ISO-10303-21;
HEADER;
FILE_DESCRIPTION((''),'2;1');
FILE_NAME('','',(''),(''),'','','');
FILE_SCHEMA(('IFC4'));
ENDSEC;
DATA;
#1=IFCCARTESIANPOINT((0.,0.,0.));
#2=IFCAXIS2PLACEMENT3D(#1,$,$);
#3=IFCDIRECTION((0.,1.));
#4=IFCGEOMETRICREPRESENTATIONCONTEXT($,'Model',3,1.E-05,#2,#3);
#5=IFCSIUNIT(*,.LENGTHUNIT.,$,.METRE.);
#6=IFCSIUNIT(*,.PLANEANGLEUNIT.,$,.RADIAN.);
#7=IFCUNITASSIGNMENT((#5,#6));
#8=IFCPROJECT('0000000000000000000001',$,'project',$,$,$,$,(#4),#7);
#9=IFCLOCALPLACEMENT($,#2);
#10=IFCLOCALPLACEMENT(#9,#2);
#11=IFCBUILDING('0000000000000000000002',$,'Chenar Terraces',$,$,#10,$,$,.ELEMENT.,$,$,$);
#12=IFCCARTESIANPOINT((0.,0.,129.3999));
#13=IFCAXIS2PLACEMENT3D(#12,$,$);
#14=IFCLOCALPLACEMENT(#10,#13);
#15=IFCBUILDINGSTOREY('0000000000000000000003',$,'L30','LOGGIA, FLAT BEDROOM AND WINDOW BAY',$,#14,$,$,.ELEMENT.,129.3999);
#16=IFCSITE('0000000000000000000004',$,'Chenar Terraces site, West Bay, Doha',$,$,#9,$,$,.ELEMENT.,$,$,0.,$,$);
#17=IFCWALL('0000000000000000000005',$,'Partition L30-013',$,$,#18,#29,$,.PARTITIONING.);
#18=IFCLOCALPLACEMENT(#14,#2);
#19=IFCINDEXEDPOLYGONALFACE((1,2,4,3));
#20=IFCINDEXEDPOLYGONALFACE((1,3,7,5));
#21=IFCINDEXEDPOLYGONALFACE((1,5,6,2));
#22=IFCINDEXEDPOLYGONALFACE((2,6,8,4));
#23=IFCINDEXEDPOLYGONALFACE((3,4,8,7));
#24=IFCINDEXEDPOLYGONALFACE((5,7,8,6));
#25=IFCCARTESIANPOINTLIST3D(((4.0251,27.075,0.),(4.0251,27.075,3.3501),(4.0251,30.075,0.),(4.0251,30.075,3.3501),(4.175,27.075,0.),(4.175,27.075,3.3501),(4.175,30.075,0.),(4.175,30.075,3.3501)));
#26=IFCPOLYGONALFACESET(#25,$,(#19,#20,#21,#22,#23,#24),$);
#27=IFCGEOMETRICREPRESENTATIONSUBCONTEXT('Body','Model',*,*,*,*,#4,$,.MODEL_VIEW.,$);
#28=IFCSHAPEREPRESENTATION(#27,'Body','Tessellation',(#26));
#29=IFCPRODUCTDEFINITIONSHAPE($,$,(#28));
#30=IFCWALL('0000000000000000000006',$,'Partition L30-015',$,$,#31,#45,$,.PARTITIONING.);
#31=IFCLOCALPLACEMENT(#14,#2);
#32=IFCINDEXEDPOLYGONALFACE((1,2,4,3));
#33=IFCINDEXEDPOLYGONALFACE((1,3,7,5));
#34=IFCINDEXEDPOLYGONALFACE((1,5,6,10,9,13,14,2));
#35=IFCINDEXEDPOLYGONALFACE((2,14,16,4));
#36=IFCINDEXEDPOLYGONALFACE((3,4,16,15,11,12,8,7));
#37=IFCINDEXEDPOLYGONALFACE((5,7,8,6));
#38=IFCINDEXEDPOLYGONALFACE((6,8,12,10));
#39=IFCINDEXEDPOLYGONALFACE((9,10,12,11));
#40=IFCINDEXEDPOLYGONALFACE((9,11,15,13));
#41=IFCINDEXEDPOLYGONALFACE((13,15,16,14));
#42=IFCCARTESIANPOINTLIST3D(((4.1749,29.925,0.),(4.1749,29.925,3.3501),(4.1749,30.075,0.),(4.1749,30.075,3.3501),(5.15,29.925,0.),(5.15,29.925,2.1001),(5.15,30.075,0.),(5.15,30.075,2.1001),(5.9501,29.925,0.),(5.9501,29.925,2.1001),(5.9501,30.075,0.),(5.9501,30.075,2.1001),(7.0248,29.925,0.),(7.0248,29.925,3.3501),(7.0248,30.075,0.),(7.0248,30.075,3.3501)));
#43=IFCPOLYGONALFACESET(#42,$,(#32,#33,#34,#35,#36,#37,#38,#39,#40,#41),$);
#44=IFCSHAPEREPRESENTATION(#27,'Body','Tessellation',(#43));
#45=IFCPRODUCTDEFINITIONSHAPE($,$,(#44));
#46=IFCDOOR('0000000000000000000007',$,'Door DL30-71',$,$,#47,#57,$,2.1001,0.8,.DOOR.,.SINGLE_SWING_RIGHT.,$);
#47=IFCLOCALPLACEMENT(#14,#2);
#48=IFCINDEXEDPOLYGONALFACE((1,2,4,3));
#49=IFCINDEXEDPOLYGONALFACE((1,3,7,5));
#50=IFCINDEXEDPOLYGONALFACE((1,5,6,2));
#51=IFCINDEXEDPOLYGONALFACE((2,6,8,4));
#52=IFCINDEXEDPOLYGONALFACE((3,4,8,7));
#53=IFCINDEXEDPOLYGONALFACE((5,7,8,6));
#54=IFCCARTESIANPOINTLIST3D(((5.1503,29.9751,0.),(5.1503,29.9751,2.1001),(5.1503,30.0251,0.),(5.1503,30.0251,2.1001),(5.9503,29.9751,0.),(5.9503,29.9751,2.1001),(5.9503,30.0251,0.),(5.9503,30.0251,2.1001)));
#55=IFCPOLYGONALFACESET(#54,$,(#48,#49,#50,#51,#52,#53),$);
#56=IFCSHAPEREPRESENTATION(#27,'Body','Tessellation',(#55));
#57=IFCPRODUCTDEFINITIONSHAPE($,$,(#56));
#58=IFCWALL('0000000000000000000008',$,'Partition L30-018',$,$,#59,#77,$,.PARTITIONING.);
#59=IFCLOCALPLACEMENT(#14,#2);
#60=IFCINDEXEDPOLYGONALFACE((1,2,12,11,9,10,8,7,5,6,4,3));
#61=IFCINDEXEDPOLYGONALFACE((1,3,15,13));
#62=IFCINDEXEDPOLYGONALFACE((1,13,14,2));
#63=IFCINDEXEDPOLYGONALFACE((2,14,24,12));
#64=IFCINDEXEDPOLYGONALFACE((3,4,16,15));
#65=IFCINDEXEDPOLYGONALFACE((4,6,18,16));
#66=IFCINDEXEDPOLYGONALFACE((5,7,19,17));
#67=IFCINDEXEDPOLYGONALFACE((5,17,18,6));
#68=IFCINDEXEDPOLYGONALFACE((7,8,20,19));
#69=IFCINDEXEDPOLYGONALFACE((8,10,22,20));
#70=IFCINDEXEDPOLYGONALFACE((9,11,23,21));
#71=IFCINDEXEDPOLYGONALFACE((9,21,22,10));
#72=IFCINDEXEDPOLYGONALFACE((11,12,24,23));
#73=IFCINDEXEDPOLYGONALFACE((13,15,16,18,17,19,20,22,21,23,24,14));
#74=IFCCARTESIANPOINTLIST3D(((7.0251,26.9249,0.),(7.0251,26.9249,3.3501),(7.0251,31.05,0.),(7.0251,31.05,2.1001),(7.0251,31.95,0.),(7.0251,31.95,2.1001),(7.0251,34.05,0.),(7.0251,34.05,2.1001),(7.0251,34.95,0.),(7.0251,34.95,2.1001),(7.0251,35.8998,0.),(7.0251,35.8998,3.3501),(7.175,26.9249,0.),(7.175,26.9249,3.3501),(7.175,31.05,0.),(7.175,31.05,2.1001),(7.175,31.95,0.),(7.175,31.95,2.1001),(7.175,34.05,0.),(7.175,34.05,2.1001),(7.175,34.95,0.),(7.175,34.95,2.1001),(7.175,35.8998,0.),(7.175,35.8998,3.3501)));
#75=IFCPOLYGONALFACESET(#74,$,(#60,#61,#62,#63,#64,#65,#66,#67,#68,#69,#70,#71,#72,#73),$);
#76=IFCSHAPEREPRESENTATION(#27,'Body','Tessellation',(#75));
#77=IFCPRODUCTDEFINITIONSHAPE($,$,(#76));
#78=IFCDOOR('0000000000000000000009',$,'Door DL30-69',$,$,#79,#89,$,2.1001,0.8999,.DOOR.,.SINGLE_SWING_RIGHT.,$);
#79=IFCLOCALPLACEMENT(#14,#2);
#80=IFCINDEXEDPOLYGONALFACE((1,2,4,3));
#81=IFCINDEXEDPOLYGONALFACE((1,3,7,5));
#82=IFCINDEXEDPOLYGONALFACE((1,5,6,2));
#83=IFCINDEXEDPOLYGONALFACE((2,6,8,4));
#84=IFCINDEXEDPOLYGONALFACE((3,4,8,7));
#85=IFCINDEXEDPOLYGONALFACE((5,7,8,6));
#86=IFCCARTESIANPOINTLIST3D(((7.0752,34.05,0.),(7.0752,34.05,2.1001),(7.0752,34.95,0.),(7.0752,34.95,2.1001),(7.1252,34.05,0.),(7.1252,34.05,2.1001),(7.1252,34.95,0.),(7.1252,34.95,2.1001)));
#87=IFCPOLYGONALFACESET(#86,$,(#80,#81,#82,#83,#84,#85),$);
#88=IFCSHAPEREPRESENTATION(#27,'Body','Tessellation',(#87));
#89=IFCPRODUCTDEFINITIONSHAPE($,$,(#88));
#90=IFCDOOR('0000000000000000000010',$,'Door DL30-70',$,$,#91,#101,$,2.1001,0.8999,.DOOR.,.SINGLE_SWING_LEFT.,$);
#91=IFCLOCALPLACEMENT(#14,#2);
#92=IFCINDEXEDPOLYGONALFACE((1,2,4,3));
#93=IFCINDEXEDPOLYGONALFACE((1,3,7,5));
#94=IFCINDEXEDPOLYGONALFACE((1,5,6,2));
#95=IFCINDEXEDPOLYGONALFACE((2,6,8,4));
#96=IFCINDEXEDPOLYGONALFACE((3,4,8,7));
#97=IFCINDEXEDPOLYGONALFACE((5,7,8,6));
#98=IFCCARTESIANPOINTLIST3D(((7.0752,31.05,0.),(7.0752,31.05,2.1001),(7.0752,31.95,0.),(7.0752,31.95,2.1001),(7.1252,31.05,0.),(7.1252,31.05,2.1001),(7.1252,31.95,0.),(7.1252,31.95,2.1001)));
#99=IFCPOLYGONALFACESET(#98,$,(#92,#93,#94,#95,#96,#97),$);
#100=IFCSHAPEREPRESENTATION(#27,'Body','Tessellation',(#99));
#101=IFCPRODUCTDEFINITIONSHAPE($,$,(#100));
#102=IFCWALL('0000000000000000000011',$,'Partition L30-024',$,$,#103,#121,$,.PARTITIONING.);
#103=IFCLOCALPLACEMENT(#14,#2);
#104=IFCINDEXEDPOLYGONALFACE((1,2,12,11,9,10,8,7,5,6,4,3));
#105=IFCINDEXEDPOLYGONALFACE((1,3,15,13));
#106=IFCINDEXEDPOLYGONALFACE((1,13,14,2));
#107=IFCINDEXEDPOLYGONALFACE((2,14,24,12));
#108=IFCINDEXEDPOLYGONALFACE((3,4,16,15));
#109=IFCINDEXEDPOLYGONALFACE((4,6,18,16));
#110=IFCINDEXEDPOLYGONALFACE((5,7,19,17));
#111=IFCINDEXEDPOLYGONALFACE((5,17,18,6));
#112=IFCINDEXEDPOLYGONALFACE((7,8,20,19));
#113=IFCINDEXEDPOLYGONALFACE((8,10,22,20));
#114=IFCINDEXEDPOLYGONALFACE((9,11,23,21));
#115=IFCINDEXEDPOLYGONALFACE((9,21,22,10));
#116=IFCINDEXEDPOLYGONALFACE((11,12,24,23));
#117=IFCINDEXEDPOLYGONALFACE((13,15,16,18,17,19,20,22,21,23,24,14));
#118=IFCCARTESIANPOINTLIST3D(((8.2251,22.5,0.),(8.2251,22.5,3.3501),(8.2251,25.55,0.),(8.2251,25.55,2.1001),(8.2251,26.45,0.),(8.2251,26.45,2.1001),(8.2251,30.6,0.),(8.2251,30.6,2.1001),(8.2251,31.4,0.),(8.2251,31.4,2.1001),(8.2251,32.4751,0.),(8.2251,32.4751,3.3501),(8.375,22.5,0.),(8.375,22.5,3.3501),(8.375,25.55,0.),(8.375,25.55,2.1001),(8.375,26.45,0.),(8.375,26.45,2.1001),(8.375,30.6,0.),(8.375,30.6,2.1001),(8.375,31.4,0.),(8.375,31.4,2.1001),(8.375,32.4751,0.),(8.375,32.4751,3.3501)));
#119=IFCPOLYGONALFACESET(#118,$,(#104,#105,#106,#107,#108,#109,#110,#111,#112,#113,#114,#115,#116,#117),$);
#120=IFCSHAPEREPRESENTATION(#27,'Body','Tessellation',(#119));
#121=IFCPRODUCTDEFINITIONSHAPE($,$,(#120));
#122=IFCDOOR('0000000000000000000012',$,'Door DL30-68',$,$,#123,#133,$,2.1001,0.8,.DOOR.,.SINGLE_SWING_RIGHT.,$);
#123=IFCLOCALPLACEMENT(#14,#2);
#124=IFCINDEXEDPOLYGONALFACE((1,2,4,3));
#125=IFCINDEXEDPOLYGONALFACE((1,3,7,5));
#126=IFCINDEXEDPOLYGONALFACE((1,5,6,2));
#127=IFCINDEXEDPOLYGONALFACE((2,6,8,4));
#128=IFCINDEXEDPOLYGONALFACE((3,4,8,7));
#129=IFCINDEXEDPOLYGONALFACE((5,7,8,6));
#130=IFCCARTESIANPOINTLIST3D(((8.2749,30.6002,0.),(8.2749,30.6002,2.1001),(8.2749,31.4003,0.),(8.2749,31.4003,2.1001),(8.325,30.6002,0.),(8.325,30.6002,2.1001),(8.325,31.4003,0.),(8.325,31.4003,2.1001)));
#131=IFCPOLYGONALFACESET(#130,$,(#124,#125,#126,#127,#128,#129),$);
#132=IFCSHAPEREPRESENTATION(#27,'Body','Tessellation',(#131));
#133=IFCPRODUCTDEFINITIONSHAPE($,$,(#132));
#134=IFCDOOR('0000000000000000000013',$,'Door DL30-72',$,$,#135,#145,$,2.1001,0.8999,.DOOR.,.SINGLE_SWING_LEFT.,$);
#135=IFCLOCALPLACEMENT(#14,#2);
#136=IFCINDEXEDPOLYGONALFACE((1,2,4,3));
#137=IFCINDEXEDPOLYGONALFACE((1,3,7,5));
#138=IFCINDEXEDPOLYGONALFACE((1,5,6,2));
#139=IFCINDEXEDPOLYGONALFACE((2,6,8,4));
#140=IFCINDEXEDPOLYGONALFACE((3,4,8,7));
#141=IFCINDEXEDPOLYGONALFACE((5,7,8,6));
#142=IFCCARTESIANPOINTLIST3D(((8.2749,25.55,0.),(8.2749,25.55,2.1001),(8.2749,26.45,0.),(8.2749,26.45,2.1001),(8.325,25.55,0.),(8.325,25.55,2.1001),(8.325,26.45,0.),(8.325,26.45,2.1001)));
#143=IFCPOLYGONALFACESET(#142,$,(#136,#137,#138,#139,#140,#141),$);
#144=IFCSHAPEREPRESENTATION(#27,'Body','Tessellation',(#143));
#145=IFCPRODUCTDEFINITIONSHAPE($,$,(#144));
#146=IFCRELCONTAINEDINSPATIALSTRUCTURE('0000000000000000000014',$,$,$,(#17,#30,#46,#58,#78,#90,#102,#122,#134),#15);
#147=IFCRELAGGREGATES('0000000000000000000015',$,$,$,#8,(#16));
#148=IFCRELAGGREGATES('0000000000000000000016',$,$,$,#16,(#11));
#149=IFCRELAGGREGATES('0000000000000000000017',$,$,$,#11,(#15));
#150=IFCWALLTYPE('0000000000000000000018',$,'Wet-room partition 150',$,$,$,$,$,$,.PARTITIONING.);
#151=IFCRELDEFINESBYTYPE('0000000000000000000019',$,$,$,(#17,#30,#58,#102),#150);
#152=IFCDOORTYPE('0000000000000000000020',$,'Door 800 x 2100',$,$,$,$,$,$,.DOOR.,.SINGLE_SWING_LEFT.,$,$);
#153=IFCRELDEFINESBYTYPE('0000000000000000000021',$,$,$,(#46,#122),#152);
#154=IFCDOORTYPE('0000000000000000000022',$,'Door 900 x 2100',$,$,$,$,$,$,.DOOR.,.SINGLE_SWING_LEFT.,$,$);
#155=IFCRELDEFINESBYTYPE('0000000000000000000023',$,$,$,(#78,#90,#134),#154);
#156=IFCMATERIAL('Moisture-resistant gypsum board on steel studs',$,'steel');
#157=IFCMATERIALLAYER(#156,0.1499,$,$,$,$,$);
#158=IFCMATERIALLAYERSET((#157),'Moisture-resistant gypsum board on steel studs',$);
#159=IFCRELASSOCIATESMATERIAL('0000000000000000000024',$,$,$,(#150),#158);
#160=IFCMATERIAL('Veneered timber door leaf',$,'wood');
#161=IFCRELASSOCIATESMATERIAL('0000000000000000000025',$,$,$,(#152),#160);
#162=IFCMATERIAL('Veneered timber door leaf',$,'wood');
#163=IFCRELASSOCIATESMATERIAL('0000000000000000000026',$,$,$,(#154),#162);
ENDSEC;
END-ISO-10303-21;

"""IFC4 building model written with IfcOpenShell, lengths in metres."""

from ifc_helpers import new_model, si_unit, direction, frame, frame_2d, origin, place, context, subcontext, project, spatial, rectangle, extrude, material, layer, layer_set, type_object, element, fill, save


model = new_model("IFC4")

# Units and contexts
model_context = context("Model", 3, precision=1e-05, world=origin(), true_north=direction((0.0, 1.0)))
body_context = subcontext(model_context, "Body", "Model", "MODEL_VIEW")
ifc_project = project(units=[si_unit("LENGTHUNIT", "METRE"), si_unit("PLANEANGLEUNIT", "RADIAN")], contexts=[model_context])

# Site, building, storey
site_placement = place(None, origin())
site = spatial("IfcSite", under=ifc_project, at=site_placement, Name="Chenar Terraces site, West Bay, Doha", CompositionType="ELEMENT", RefElevation=0.0)
building_placement = place(site_placement, origin())
building = spatial("IfcBuilding", under=site, at=building_placement, Name="Chenar Terraces", CompositionType="ELEMENT")
storey_placement = place(building_placement, frame((0.0, 0.0, 129.3999)))
storey = spatial("IfcBuildingStorey", under=building, at=storey_placement, Name="L30", Description="LOGGIA, FLAT BEDROOM AND WINDOW BAY", CompositionType="ELEMENT", Elevation=129.3999)

# Wall
ifc_material_1 = material(Name="Moisture-resistant gypsum board on steel studs", Category="steel")
ifc_layer_1 = layer(ifc_material_1, 0.1499)
ifc_layer_set_1 = layer_set([ifc_layer_1], Name="Moisture-resistant gypsum board on steel studs")
wall_type_1 = type_object("IfcWallType", Name="Wet-room partition 150", PredefinedType="PARTITIONING", material=ifc_layer_set_1)
wall_1_placement = place(storey_placement, frame((4.1001, 27.075, 0.0), z_axis=(0.0, 0.0, 1.0), x_axis=(0.0, 1.0, 0.0)))
element("IfcWall", 1, at=wall_1_placement, inside=storey, type_object=wall_type_1, Name="Partition L30-013", PredefinedType="PARTITIONING", context=body_context, shape_type="SweptSolid", body=[
    extrude(rectangle(XDim=3.0, YDim=0.1499, at=frame_2d((1.5, 0.0))), origin(), (0.0, 0.0, 1.0), 3.3501),
])

# Wall, opening, door
wall_2_placement = place(storey_placement, frame((4.175, 30.0, 0.0), z_axis=(0.0, 0.0, 1.0), x_axis=(1.0, 0.0, 0.0)))
wall_2 = element("IfcWall", 2, at=wall_2_placement, inside=storey, type_object=wall_type_1, Name="Partition L30-015", PredefinedType="PARTITIONING", context=body_context, shape_type="SweptSolid", body=[
    extrude(rectangle(XDim=2.8499, YDim=0.1499, at=frame_2d((1.4248, 0.0))), origin(), (0.0, 0.0, 1.0), 3.3501),
])
opening_1_placement = place(wall_2_placement, frame((0.9751, 0.0, 0.0)))
opening_1 = element("IfcOpeningElement", 3, at=opening_1_placement, cuts=wall_2, PredefinedType="OPENING", context=body_context, shape_type="SweptSolid", body=[
    extrude(rectangle(XDim=0.8, YDim=2.1001, at=frame_2d((0.3999, 1.05))), frame((0.0, 0.085, 0.0), z_axis=(0.0, -1.0, 0.0), x_axis=(1.0, 0.0, 0.0)), (0.0, 0.0, 1.0), 0.1699),
])
ifc_material_2 = material(Name="Veneered timber door leaf", Category="wood")
door_type_1 = type_object("IfcDoorType", Name="Door 800 x 2100", OperationType="SINGLE_SWING_LEFT", PredefinedType="DOOR", material=ifc_material_2)
door_1_placement = place(opening_1_placement, frame((0.8, 0.0, 0.0), z_axis=(0.0, 0.0, 1.0), x_axis=(-1.0, 0.0, 0.0)))
door_1 = element("IfcDoor", 4, at=door_1_placement, inside=storey, type_object=door_type_1, Name="Door DL30-71", OperationType="SINGLE_SWING_RIGHT", OverallHeight=2.1001, OverallWidth=0.8, PredefinedType="DOOR", context=body_context, shape_type="SweptSolid", body=[
    extrude(rectangle(XDim=0.8, YDim=2.1001, at=frame_2d((0.3999, 1.05))), frame((0.0, 0.0249, 0.0), z_axis=(0.0, -1.0, 0.0), x_axis=(1.0, 0.0, 0.0)), (0.0, 0.0, 1.0), 0.05),
])
fill(opening_1, door_1)

# Walls, openings, doors
wall_3_placement = place(storey_placement, frame((7.1001, 26.925, 0.0), z_axis=(0.0, 0.0, 1.0), x_axis=(0.0, 1.0, 0.0)))
wall_3 = element("IfcWall", 5, at=wall_3_placement, inside=storey, type_object=wall_type_1, Name="Partition L30-018", PredefinedType="PARTITIONING", context=body_context, shape_type="SweptSolid", body=[
    extrude(rectangle(XDim=8.9749, YDim=0.1499, at=frame_2d((4.4873, 0.0))), origin(), (0.0, 0.0, 1.0), 3.3501),
])
opening_2_placement = place(wall_3_placement, frame((7.125, 0.0, 0.0)))
opening_2 = element("IfcOpeningElement", 6, at=opening_2_placement, cuts=wall_3, PredefinedType="OPENING", context=body_context, shape_type="SweptSolid", body=[
    extrude(rectangle(XDim=0.8999, YDim=2.1001, at=frame_2d((0.45, 1.05))), frame((0.0, 0.085, 0.0), z_axis=(0.0, -1.0, 0.0), x_axis=(1.0, 0.0, 0.0)), (0.0, 0.0, 1.0), 0.1699),
])
opening_3_placement = place(wall_3_placement, frame((4.125, 0.0, 0.0)))
opening_3 = element("IfcOpeningElement", 7, at=opening_3_placement, cuts=wall_3, PredefinedType="OPENING", context=body_context, shape_type="SweptSolid", body=[
    extrude(rectangle(XDim=0.8999, YDim=2.1001, at=frame_2d((0.45, 1.05))), frame((0.0, 0.085, 0.0), z_axis=(0.0, -1.0, 0.0), x_axis=(1.0, 0.0, 0.0)), (0.0, 0.0, 1.0), 0.1699),
])
ifc_material_3 = material(Name="Veneered timber door leaf", Category="wood")
door_type_2 = type_object("IfcDoorType", Name="Door 900 x 2100", OperationType="SINGLE_SWING_LEFT", PredefinedType="DOOR", material=ifc_material_3)
door_2_placement = place(opening_2_placement, origin())
door_2 = element("IfcDoor", 8, at=door_2_placement, inside=storey, type_object=door_type_2, Name="Door DL30-69", OperationType="SINGLE_SWING_RIGHT", OverallHeight=2.1001, OverallWidth=0.8999, PredefinedType="DOOR", context=body_context, shape_type="SweptSolid", body=[
    extrude(rectangle(XDim=0.8999, YDim=2.1001, at=frame_2d((0.45, 1.05))), frame((0.0, 0.0249, 0.0), z_axis=(0.0, -1.0, 0.0), x_axis=(1.0, 0.0, 0.0)), (0.0, 0.0, 1.0), 0.05),
])
fill(opening_2, door_2)
door_3_placement = place(opening_3_placement, origin())
door_3 = element("IfcDoor", 9, at=door_3_placement, inside=storey, type_object=door_type_2, Name="Door DL30-70", OperationType="SINGLE_SWING_LEFT", OverallHeight=2.1001, OverallWidth=0.8999, PredefinedType="DOOR", context=body_context, shape_type="SweptSolid", body=[
    extrude(rectangle(XDim=0.8999, YDim=2.1001, at=frame_2d((0.45, 1.05))), frame((0.0, 0.0249, 0.0), z_axis=(0.0, -1.0, 0.0), x_axis=(1.0, 0.0, 0.0)), (0.0, 0.0, 1.0), 0.05),
])
fill(opening_3, door_3)
wall_4_placement = place(storey_placement, frame((8.3, 22.5, 0.0), z_axis=(0.0, 0.0, 1.0), x_axis=(0.0, 1.0, 0.0)))
wall_4 = element("IfcWall", 10, at=wall_4_placement, inside=storey, type_object=wall_type_1, Name="Partition L30-024", PredefinedType="PARTITIONING", context=body_context, shape_type="SweptSolid", body=[
    extrude(rectangle(XDim=9.9751, YDim=0.1499, at=frame_2d((4.9875, 0.0))), origin(), (0.0, 0.0, 1.0), 3.3501),
])
opening_4_placement = place(wall_4_placement, frame((8.1001, 0.0, 0.0)))
opening_4 = element("IfcOpeningElement", 11, at=opening_4_placement, cuts=wall_4, PredefinedType="OPENING", context=body_context, shape_type="SweptSolid", body=[
    extrude(rectangle(XDim=0.8, YDim=2.1001, at=frame_2d((0.3999, 1.05))), frame((0.0, 0.085, 0.0), z_axis=(0.0, -1.0, 0.0), x_axis=(1.0, 0.0, 0.0)), (0.0, 0.0, 1.0), 0.1699),
])
opening_5_placement = place(wall_4_placement, frame((3.05, 0.0, 0.0)))
opening_5 = element("IfcOpeningElement", 12, at=opening_5_placement, cuts=wall_4, PredefinedType="OPENING", context=body_context, shape_type="SweptSolid", body=[
    extrude(rectangle(XDim=0.8999, YDim=2.1001, at=frame_2d((0.45, 1.05))), frame((0.0, 0.085, 0.0), z_axis=(0.0, -1.0, 0.0), x_axis=(1.0, 0.0, 0.0)), (0.0, 0.0, 1.0), 0.1699),
])
door_4_placement = place(opening_4_placement, frame((0.8, 0.0, 0.0), z_axis=(0.0, 0.0, 1.0), x_axis=(-1.0, 0.0, 0.0)))
door_4 = element("IfcDoor", 13, at=door_4_placement, inside=storey, type_object=door_type_1, Name="Door DL30-68", OperationType="SINGLE_SWING_RIGHT", OverallHeight=2.1001, OverallWidth=0.8, PredefinedType="DOOR", context=body_context, shape_type="SweptSolid", body=[
    extrude(rectangle(XDim=0.8, YDim=2.1001, at=frame_2d((0.3999, 1.05))), frame((0.0, 0.0249, 0.0), z_axis=(0.0, -1.0, 0.0), x_axis=(1.0, 0.0, 0.0)), (0.0, 0.0, 1.0), 0.05),
])
fill(opening_4, door_4)
door_5_placement = place(opening_5_placement, frame((0.8999, 0.0, 0.0), z_axis=(0.0, 0.0, 1.0), x_axis=(-1.0, 0.0, 0.0)))
door_5 = element("IfcDoor", 14, at=door_5_placement, inside=storey, type_object=door_type_2, Name="Door DL30-72", OperationType="SINGLE_SWING_LEFT", OverallHeight=2.1001, OverallWidth=0.8999, PredefinedType="DOOR", context=body_context, shape_type="SweptSolid", body=[
    extrude(rectangle(XDim=0.8999, YDim=2.1001, at=frame_2d((0.45, 1.05))), frame((0.0, 0.0249, 0.0), z_axis=(0.0, -1.0, 0.0), x_axis=(1.0, 0.0, 0.0)), (0.0, 0.0, 1.0), 0.05),
])
fill(opening_5, door_5)

save(model, "model.ifc")
